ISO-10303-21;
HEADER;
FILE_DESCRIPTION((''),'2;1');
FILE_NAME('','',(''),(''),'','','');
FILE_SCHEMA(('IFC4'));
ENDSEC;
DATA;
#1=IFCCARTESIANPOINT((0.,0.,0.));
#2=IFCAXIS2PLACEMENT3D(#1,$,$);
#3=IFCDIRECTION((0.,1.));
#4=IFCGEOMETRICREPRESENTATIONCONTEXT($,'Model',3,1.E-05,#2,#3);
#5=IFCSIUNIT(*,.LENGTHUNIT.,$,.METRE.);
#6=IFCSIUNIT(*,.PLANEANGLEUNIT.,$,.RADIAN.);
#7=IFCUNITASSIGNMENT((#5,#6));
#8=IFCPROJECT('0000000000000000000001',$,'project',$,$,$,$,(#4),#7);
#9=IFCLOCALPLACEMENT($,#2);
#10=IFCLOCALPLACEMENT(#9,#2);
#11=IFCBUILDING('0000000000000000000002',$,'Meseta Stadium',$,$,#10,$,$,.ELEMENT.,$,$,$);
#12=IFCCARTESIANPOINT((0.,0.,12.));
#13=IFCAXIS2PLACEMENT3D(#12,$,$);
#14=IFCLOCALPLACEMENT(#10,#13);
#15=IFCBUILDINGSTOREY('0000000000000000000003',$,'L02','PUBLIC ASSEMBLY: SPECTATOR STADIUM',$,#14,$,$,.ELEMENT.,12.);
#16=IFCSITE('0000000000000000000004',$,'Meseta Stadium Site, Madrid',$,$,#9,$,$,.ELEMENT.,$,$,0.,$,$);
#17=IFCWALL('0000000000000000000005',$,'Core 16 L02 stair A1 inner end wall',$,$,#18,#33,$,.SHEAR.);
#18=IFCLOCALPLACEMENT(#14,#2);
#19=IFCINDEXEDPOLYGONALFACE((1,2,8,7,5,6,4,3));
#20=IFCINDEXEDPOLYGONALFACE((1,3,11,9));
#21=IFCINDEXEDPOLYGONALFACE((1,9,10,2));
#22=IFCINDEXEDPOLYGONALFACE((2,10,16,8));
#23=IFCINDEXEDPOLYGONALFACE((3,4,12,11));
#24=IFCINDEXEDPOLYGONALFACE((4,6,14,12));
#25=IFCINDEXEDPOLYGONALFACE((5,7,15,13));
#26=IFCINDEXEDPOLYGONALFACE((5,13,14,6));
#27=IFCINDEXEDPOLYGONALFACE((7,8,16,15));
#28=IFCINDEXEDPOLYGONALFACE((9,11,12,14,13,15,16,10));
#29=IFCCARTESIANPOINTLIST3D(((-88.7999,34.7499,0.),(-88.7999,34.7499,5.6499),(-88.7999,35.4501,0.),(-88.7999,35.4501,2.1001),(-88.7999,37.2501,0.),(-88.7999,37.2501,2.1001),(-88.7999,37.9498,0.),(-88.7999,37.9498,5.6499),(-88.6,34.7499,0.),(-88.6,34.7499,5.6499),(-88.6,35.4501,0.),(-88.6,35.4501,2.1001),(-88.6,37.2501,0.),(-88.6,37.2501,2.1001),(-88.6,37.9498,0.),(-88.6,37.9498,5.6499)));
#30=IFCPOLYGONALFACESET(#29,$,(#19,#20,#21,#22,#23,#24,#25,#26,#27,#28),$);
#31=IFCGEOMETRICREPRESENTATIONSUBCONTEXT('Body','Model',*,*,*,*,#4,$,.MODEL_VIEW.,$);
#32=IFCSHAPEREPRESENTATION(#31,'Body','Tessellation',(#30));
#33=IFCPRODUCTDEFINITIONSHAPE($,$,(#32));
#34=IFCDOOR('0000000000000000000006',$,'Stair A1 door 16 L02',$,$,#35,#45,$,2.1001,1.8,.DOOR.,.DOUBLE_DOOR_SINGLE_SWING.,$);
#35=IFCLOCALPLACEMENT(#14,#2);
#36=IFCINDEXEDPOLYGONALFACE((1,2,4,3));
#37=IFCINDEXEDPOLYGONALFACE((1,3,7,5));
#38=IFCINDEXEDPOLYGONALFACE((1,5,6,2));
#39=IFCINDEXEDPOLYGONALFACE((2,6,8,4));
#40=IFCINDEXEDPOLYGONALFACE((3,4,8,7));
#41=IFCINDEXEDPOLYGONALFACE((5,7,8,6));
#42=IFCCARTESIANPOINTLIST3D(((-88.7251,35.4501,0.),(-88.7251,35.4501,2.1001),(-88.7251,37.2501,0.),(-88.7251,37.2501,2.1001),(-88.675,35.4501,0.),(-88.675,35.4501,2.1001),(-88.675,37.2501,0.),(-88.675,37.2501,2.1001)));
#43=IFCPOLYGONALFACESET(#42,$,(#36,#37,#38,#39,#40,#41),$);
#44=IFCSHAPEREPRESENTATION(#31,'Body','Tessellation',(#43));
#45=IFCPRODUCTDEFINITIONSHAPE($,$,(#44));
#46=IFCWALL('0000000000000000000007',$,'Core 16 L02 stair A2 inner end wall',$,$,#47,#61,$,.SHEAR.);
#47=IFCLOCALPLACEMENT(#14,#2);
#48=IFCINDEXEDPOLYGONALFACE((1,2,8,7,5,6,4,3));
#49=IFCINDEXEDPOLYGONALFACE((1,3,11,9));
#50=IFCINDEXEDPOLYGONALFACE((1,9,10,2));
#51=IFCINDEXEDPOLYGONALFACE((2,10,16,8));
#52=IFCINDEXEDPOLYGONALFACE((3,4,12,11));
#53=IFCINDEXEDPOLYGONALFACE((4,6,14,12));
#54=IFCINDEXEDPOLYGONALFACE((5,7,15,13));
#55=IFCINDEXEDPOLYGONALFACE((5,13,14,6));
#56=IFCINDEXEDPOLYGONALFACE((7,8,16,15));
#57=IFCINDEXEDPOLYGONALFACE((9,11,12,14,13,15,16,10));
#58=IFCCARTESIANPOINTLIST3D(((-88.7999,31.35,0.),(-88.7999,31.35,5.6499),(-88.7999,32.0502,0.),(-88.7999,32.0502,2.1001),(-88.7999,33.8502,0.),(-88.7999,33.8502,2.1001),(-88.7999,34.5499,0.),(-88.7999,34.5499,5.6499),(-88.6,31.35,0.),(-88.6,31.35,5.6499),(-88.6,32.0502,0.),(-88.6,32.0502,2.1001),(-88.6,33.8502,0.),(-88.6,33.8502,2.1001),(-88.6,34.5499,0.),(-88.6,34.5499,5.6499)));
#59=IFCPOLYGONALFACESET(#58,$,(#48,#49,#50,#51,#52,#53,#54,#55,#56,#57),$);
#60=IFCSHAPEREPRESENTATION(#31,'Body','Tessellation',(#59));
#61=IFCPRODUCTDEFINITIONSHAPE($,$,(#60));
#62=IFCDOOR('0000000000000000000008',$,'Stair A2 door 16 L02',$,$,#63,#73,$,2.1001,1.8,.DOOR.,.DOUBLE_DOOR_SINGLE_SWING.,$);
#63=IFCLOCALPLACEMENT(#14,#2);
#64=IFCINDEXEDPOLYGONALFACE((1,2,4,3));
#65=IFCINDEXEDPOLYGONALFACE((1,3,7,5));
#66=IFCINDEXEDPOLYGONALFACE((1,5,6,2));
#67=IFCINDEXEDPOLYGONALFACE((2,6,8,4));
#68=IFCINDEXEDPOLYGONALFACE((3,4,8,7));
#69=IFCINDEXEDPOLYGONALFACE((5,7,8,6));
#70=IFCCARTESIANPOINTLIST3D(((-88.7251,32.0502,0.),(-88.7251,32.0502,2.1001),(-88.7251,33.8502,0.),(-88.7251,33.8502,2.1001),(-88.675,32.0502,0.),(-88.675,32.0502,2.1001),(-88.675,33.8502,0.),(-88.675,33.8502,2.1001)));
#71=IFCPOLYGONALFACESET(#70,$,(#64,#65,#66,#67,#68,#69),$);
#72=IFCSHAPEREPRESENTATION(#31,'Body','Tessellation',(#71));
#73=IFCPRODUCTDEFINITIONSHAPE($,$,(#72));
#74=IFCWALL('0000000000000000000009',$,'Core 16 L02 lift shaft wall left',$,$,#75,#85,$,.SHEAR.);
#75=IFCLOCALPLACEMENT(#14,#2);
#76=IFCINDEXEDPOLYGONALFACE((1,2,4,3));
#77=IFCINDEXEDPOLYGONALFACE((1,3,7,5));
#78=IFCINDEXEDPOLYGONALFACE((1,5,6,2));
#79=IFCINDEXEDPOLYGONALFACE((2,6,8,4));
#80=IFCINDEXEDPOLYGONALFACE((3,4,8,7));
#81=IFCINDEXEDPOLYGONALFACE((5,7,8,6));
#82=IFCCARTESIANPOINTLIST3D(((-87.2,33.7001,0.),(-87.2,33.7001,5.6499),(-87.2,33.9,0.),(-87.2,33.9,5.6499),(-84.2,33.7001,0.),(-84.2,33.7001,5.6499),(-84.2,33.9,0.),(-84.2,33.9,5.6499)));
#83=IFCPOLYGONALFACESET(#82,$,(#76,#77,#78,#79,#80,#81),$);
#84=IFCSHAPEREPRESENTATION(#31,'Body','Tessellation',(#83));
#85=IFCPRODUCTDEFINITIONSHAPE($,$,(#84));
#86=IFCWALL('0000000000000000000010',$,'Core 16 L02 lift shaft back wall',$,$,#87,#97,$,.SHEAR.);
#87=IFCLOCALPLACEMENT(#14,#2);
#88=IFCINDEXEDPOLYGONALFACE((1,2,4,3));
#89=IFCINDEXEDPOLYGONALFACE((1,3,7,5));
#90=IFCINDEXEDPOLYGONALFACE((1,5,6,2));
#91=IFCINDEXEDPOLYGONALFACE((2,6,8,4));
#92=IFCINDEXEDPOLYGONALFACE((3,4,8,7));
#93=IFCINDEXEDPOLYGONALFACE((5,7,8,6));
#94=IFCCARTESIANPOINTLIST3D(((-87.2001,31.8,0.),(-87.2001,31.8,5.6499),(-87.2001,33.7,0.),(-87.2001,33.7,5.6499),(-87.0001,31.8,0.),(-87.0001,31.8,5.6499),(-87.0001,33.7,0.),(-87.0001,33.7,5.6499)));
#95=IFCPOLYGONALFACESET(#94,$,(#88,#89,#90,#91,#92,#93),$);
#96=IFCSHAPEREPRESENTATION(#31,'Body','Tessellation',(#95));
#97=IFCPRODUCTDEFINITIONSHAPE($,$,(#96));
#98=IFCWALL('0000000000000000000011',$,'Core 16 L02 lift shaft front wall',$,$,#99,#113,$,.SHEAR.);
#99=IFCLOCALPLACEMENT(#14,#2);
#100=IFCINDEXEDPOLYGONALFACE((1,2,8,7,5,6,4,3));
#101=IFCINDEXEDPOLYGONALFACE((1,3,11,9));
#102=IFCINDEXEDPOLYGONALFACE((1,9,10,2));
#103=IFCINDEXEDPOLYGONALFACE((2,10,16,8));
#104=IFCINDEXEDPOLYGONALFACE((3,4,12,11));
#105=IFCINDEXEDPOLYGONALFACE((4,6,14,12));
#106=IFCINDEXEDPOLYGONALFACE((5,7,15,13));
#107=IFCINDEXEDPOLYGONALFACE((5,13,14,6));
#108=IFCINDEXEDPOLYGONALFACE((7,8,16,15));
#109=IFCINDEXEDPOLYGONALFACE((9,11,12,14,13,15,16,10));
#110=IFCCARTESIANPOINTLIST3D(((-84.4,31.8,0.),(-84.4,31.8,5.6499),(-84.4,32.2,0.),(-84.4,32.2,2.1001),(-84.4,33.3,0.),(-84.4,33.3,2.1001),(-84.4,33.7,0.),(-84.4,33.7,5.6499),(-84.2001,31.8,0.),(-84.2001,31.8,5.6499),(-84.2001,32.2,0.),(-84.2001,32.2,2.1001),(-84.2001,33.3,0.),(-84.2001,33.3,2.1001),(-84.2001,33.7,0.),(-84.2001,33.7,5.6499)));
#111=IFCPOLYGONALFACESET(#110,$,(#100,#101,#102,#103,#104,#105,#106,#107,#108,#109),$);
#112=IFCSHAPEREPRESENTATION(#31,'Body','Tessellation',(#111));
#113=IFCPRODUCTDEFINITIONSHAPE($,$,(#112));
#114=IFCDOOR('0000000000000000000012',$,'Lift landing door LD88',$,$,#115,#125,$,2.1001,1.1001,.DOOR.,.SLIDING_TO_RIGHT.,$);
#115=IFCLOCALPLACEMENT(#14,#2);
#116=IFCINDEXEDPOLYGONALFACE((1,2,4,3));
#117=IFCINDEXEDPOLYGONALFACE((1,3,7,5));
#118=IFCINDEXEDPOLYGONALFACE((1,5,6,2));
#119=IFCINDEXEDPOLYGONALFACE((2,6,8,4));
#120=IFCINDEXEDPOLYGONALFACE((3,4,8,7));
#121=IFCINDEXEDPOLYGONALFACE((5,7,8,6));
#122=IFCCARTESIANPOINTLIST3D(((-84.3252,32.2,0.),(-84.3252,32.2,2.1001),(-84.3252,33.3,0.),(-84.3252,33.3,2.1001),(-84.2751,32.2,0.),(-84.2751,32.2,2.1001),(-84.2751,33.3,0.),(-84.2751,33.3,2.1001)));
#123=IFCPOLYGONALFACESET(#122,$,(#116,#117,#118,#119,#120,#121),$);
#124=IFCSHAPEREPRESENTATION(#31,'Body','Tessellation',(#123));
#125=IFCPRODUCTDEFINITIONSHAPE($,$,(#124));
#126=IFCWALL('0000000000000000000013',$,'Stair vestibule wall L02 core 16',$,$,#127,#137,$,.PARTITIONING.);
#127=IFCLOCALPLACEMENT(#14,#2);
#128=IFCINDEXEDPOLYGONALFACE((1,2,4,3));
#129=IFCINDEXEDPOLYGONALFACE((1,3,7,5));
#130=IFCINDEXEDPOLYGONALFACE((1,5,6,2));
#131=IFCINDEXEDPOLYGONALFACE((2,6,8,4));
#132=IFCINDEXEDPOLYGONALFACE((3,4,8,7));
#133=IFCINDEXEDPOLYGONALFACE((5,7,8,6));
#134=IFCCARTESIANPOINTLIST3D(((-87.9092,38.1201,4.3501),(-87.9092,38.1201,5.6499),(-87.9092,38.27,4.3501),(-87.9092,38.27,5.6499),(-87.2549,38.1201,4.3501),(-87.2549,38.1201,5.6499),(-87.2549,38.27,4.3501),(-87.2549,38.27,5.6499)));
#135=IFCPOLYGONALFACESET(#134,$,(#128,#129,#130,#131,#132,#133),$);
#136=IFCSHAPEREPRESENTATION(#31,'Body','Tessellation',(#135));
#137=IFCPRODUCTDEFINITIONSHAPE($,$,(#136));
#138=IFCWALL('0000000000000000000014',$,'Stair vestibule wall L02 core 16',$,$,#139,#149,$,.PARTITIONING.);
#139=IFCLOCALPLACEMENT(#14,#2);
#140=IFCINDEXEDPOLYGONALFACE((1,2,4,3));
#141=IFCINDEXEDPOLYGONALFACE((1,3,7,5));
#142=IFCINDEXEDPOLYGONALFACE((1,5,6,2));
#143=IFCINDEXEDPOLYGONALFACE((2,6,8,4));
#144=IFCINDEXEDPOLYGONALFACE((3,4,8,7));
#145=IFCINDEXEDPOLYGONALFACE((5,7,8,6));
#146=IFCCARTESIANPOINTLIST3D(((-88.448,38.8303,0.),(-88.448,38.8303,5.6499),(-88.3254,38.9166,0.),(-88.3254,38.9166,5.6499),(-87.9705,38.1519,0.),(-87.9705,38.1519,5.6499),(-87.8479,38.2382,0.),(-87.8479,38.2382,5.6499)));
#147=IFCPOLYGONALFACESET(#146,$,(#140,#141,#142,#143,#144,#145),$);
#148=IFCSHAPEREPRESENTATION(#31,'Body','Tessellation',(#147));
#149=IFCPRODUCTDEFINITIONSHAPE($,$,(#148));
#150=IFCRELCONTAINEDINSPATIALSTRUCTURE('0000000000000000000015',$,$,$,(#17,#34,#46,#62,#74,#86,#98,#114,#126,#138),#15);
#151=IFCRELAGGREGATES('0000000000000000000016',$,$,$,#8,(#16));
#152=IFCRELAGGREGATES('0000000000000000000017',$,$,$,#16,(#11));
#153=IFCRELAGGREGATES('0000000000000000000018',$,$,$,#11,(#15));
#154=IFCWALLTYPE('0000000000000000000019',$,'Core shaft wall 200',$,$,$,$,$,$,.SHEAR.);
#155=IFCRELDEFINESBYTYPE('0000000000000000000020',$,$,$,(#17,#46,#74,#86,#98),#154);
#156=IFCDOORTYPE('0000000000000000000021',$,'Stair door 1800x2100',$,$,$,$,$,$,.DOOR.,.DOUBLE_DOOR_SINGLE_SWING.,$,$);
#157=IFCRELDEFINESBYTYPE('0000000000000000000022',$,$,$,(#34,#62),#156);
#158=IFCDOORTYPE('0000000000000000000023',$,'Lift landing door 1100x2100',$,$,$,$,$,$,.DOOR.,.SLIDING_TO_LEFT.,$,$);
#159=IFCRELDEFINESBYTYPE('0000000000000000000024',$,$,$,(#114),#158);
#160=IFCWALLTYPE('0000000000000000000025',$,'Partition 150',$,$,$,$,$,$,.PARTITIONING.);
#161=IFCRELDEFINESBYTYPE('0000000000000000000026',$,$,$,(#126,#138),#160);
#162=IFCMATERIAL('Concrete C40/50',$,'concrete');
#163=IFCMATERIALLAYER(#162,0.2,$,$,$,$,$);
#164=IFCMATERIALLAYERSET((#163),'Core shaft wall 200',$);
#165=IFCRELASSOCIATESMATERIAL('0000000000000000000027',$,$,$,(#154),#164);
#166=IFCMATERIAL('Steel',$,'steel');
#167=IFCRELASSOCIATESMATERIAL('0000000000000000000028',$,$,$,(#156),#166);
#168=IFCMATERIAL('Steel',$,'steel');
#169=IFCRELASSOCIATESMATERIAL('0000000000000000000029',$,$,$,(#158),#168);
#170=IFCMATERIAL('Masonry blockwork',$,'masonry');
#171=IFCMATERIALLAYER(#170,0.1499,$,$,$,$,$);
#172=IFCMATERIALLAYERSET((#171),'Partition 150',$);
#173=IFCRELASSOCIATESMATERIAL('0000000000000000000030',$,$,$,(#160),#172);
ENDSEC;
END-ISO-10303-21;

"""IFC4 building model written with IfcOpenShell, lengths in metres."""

from ifc_helpers import new_model, si_unit, direction, frame, frame_2d, origin, place, context, subcontext, project, spatial, rectangle, extrude, material, layer, layer_set, type_object, element, fill, save


model = new_model("IFC4")

# Units and contexts
model_context = context("Model", 3, precision=1e-05, world=origin(), true_north=direction((0.0, 1.0)))
body_context = subcontext(model_context, "Body", "Model", "MODEL_VIEW")
ifc_project = project(units=[si_unit("LENGTHUNIT", "METRE"), si_unit("PLANEANGLEUNIT", "RADIAN")], contexts=[model_context])

# Site, building, storey
site_placement = place(None, origin())
site = spatial("IfcSite", under=ifc_project, at=site_placement, Name="Meseta Stadium Site, Madrid", CompositionType="ELEMENT", RefElevation=0.0)
building_placement = place(site_placement, origin())
building = spatial("IfcBuilding", under=site, at=building_placement, Name="Meseta Stadium", CompositionType="ELEMENT")
storey_placement = place(building_placement, frame((0.0, 0.0, 12.0)))
storey = spatial("IfcBuildingStorey", under=building, at=storey_placement, Name="L02", Description="PUBLIC ASSEMBLY: SPECTATOR STADIUM", CompositionType="ELEMENT", Elevation=12.0)

# Walls, openings, doors
ifc_material_1 = material(Name="Concrete C40/50", Category="concrete")
ifc_layer_1 = layer(ifc_material_1, 0.2)
ifc_layer_set_1 = layer_set([ifc_layer_1], Name="Core shaft wall 200")
wall_type_1 = type_object("IfcWallType", Name="Core shaft wall 200", PredefinedType="SHEAR", material=ifc_layer_set_1)
wall_1_placement = place(storey_placement, frame((-88.7, 37.95, 0.0), z_axis=(0.0, 0.0, 1.0), x_axis=(0.0, -1.0, 0.0)))
wall_1 = element("IfcWall", 1, at=wall_1_placement, inside=storey, type_object=wall_type_1, Name="Core 16 L02 stair A1 inner end wall", PredefinedType="SHEAR", context=body_context, shape_type="SweptSolid", body=[
    extrude(rectangle(XDim=3.2, YDim=0.2, at=frame_2d((1.6001, 0.0))), origin(), (0.0, 0.0, 1.0), 5.6499),
])
opening_1_placement = place(wall_1_placement, frame((0.7, 0.0, 0.0)))
opening_1 = element("IfcOpeningElement", 2, at=opening_1_placement, cuts=wall_1, PredefinedType="OPENING", context=body_context, shape_type="SweptSolid", body=[
    extrude(rectangle(XDim=1.8, YDim=2.1001, at=frame_2d((0.8999, 1.05))), frame((0.0, 0.1099, 0.0), z_axis=(0.0, -1.0, 0.0), x_axis=(1.0, 0.0, 0.0)), (0.0, 0.0, 1.0), 0.22),
])
ifc_material_2 = material(Name="Steel", Category="steel")
door_type_1 = type_object("IfcDoorType", Name="Stair door 1800x2100", OperationType="DOUBLE_DOOR_SINGLE_SWING", PredefinedType="DOOR", material=ifc_material_2)
door_1_placement = place(opening_1_placement, origin())
door_1 = element("IfcDoor", 3, at=door_1_placement, inside=storey, type_object=door_type_1, Name="Stair A1 door 16 L02", OperationType="DOUBLE_DOOR_SINGLE_SWING", OverallHeight=2.1001, OverallWidth=1.8, PredefinedType="DOOR", context=body_context, shape_type="SweptSolid", body=[
    extrude(rectangle(XDim=1.8, YDim=2.1001, at=frame_2d((0.8999, 1.05))), frame((0.0, 0.0249, 0.0), z_axis=(0.0, -1.0, 0.0), x_axis=(1.0, 0.0, 0.0)), (0.0, 0.0, 1.0), 0.05),
])
fill(opening_1, door_1)
wall_2_placement = place(storey_placement, frame((-88.7, 34.55, 0.0), z_axis=(0.0, 0.0, 1.0), x_axis=(0.0, -1.0, 0.0)))
wall_2 = element("IfcWall", 4, at=wall_2_placement, inside=storey, type_object=wall_type_1, Name="Core 16 L02 stair A2 inner end wall", PredefinedType="SHEAR", context=body_context, shape_type="SweptSolid", body=[
    extrude(rectangle(XDim=3.2, YDim=0.2, at=frame_2d((1.6001, 0.0))), origin(), (0.0, 0.0, 1.0), 5.6499),
])
opening_2_placement = place(wall_2_placement, frame((0.7, 0.0, 0.0)))
opening_2 = element("IfcOpeningElement", 5, at=opening_2_placement, cuts=wall_2, PredefinedType="OPENING", context=body_context, shape_type="SweptSolid", body=[
    extrude(rectangle(XDim=1.8, YDim=2.1001, at=frame_2d((0.8999, 1.05))), frame((0.0, 0.1099, 0.0), z_axis=(0.0, -1.0, 0.0), x_axis=(1.0, 0.0, 0.0)), (0.0, 0.0, 1.0), 0.22),
])
door_2_placement = place(opening_2_placement, origin())
door_2 = element("IfcDoor", 6, at=door_2_placement, inside=storey, type_object=door_type_1, Name="Stair A2 door 16 L02", OperationType="DOUBLE_DOOR_SINGLE_SWING", OverallHeight=2.1001, OverallWidth=1.8, PredefinedType="DOOR", context=body_context, shape_type="SweptSolid", body=[
    extrude(rectangle(XDim=1.8, YDim=2.1001, at=frame_2d((0.8999, 1.05))), frame((0.0, 0.0249, 0.0), z_axis=(0.0, -1.0, 0.0), x_axis=(1.0, 0.0, 0.0)), (0.0, 0.0, 1.0), 0.05),
])
fill(opening_2, door_2)

# Walls
wall_3_placement = place(storey_placement, frame((-87.2, 33.8, 0.0), z_axis=(0.0, 0.0, 1.0), x_axis=(1.0, 0.0, 0.0)))
element("IfcWall", 7, at=wall_3_placement, inside=storey, type_object=wall_type_1, Name="Core 16 L02 lift shaft wall left", PredefinedType="SHEAR", context=body_context, shape_type="SweptSolid", body=[
    extrude(rectangle(XDim=3.0, YDim=0.2, at=frame_2d((1.5, 0.0))), origin(), (0.0, 0.0, 1.0), 5.6499),
])
wall_4_placement = place(storey_placement, frame((-87.1001, 33.7, 0.0), z_axis=(0.0, 0.0, 1.0), x_axis=(0.0, -1.0, 0.0)))
element("IfcWall", 8, at=wall_4_placement, inside=storey, type_object=wall_type_1, Name="Core 16 L02 lift shaft back wall", PredefinedType="SHEAR", context=body_context, shape_type="SweptSolid", body=[
    extrude(rectangle(XDim=1.8999, YDim=0.2, at=frame_2d((0.95, 0.0))), origin(), (0.0, 0.0, 1.0), 5.6499),
])

# Wall, opening, door
wall_5_placement = place(storey_placement, frame((-84.3, 33.7, 0.0), z_axis=(0.0, 0.0, 1.0), x_axis=(0.0, -1.0, 0.0)))
wall_5 = element("IfcWall", 9, at=wall_5_placement, inside=storey, type_object=wall_type_1, Name="Core 16 L02 lift shaft front wall", PredefinedType="SHEAR", context=body_context, shape_type="SweptSolid", body=[
    extrude(rectangle(XDim=1.8999, YDim=0.2, at=frame_2d((0.95, 0.0))), origin(), (0.0, 0.0, 1.0), 5.6499),
])
opening_3_placement = place(wall_5_placement, frame((0.3999, 0.0, 0.0)))
opening_3 = element("IfcOpeningElement", 10, at=opening_3_placement, cuts=wall_5, PredefinedType="OPENING", context=body_context, shape_type="SweptSolid", body=[
    extrude(rectangle(XDim=1.1001, YDim=2.1001, at=frame_2d((0.55, 1.05))), frame((0.0, 0.1099, 0.0), z_axis=(0.0, -1.0, 0.0), x_axis=(1.0, 0.0, 0.0)), (0.0, 0.0, 1.0), 0.22),
])
ifc_material_3 = material(Name="Steel", Category="steel")
door_type_2 = type_object("IfcDoorType", Name="Lift landing door 1100x2100", OperationType="SLIDING_TO_LEFT", PredefinedType="DOOR", material=ifc_material_3)
door_3_placement = place(opening_3_placement, origin())
door_3 = element("IfcDoor", 11, at=door_3_placement, inside=storey, type_object=door_type_2, Name="Lift landing door LD88", OperationType="SLIDING_TO_RIGHT", OverallHeight=2.1001, OverallWidth=1.1001, PredefinedType="DOOR", context=body_context, shape_type="SweptSolid", body=[
    extrude(rectangle(XDim=1.1001, YDim=2.1001, at=frame_2d((0.55, 1.05))), frame((0.0, 0.0249, 0.0), z_axis=(0.0, -1.0, 0.0), x_axis=(1.0, 0.0, 0.0)), (0.0, 0.0, 1.0), 0.05),
])
fill(opening_3, door_3)

# Walls
ifc_material_4 = material(Name="Masonry blockwork", Category="masonry")
ifc_layer_2 = layer(ifc_material_4, 0.1499)
ifc_layer_set_2 = layer_set([ifc_layer_2], Name="Partition 150")
wall_type_2 = type_object("IfcWallType", Name="Partition 150", PredefinedType="PARTITIONING", material=ifc_layer_set_2)
wall_6_placement = place(storey_placement, frame((-87.2549, 38.1951, 4.3501), z_axis=(0.0, 0.0, 1.0), x_axis=(-1.0, 0.0, 0.0)))
element("IfcWall", 12, at=wall_6_placement, inside=storey, type_object=wall_type_2, Name="Stair vestibule wall L02 core 16", PredefinedType="PARTITIONING", context=body_context, shape_type="SweptSolid", body=[
    extrude(rectangle(XDim=0.6543, YDim=0.1499, at=frame_2d((0.3271, 0.0))), origin(), (0.0, 0.0, 1.0), 1.2998),
])
wall_7_placement = place(storey_placement, frame((-87.9092, 38.1951, 0.0), z_axis=(0.0, 0.0, 1.0), x_axis=(-0.575574, 0.81775, 0.0)))
element("IfcWall", 13, at=wall_7_placement, inside=storey, type_object=wall_type_2, Name="Stair vestibule wall L02 core 16", PredefinedType="PARTITIONING", context=body_context, shape_type="SweptSolid", body=[
    extrude(rectangle(XDim=0.8296, YDim=0.1499, at=frame_2d((0.4148, 0.0))), origin(), (0.0, 0.0, 1.0), 5.6499),
])

save(model, "model.ifc")
